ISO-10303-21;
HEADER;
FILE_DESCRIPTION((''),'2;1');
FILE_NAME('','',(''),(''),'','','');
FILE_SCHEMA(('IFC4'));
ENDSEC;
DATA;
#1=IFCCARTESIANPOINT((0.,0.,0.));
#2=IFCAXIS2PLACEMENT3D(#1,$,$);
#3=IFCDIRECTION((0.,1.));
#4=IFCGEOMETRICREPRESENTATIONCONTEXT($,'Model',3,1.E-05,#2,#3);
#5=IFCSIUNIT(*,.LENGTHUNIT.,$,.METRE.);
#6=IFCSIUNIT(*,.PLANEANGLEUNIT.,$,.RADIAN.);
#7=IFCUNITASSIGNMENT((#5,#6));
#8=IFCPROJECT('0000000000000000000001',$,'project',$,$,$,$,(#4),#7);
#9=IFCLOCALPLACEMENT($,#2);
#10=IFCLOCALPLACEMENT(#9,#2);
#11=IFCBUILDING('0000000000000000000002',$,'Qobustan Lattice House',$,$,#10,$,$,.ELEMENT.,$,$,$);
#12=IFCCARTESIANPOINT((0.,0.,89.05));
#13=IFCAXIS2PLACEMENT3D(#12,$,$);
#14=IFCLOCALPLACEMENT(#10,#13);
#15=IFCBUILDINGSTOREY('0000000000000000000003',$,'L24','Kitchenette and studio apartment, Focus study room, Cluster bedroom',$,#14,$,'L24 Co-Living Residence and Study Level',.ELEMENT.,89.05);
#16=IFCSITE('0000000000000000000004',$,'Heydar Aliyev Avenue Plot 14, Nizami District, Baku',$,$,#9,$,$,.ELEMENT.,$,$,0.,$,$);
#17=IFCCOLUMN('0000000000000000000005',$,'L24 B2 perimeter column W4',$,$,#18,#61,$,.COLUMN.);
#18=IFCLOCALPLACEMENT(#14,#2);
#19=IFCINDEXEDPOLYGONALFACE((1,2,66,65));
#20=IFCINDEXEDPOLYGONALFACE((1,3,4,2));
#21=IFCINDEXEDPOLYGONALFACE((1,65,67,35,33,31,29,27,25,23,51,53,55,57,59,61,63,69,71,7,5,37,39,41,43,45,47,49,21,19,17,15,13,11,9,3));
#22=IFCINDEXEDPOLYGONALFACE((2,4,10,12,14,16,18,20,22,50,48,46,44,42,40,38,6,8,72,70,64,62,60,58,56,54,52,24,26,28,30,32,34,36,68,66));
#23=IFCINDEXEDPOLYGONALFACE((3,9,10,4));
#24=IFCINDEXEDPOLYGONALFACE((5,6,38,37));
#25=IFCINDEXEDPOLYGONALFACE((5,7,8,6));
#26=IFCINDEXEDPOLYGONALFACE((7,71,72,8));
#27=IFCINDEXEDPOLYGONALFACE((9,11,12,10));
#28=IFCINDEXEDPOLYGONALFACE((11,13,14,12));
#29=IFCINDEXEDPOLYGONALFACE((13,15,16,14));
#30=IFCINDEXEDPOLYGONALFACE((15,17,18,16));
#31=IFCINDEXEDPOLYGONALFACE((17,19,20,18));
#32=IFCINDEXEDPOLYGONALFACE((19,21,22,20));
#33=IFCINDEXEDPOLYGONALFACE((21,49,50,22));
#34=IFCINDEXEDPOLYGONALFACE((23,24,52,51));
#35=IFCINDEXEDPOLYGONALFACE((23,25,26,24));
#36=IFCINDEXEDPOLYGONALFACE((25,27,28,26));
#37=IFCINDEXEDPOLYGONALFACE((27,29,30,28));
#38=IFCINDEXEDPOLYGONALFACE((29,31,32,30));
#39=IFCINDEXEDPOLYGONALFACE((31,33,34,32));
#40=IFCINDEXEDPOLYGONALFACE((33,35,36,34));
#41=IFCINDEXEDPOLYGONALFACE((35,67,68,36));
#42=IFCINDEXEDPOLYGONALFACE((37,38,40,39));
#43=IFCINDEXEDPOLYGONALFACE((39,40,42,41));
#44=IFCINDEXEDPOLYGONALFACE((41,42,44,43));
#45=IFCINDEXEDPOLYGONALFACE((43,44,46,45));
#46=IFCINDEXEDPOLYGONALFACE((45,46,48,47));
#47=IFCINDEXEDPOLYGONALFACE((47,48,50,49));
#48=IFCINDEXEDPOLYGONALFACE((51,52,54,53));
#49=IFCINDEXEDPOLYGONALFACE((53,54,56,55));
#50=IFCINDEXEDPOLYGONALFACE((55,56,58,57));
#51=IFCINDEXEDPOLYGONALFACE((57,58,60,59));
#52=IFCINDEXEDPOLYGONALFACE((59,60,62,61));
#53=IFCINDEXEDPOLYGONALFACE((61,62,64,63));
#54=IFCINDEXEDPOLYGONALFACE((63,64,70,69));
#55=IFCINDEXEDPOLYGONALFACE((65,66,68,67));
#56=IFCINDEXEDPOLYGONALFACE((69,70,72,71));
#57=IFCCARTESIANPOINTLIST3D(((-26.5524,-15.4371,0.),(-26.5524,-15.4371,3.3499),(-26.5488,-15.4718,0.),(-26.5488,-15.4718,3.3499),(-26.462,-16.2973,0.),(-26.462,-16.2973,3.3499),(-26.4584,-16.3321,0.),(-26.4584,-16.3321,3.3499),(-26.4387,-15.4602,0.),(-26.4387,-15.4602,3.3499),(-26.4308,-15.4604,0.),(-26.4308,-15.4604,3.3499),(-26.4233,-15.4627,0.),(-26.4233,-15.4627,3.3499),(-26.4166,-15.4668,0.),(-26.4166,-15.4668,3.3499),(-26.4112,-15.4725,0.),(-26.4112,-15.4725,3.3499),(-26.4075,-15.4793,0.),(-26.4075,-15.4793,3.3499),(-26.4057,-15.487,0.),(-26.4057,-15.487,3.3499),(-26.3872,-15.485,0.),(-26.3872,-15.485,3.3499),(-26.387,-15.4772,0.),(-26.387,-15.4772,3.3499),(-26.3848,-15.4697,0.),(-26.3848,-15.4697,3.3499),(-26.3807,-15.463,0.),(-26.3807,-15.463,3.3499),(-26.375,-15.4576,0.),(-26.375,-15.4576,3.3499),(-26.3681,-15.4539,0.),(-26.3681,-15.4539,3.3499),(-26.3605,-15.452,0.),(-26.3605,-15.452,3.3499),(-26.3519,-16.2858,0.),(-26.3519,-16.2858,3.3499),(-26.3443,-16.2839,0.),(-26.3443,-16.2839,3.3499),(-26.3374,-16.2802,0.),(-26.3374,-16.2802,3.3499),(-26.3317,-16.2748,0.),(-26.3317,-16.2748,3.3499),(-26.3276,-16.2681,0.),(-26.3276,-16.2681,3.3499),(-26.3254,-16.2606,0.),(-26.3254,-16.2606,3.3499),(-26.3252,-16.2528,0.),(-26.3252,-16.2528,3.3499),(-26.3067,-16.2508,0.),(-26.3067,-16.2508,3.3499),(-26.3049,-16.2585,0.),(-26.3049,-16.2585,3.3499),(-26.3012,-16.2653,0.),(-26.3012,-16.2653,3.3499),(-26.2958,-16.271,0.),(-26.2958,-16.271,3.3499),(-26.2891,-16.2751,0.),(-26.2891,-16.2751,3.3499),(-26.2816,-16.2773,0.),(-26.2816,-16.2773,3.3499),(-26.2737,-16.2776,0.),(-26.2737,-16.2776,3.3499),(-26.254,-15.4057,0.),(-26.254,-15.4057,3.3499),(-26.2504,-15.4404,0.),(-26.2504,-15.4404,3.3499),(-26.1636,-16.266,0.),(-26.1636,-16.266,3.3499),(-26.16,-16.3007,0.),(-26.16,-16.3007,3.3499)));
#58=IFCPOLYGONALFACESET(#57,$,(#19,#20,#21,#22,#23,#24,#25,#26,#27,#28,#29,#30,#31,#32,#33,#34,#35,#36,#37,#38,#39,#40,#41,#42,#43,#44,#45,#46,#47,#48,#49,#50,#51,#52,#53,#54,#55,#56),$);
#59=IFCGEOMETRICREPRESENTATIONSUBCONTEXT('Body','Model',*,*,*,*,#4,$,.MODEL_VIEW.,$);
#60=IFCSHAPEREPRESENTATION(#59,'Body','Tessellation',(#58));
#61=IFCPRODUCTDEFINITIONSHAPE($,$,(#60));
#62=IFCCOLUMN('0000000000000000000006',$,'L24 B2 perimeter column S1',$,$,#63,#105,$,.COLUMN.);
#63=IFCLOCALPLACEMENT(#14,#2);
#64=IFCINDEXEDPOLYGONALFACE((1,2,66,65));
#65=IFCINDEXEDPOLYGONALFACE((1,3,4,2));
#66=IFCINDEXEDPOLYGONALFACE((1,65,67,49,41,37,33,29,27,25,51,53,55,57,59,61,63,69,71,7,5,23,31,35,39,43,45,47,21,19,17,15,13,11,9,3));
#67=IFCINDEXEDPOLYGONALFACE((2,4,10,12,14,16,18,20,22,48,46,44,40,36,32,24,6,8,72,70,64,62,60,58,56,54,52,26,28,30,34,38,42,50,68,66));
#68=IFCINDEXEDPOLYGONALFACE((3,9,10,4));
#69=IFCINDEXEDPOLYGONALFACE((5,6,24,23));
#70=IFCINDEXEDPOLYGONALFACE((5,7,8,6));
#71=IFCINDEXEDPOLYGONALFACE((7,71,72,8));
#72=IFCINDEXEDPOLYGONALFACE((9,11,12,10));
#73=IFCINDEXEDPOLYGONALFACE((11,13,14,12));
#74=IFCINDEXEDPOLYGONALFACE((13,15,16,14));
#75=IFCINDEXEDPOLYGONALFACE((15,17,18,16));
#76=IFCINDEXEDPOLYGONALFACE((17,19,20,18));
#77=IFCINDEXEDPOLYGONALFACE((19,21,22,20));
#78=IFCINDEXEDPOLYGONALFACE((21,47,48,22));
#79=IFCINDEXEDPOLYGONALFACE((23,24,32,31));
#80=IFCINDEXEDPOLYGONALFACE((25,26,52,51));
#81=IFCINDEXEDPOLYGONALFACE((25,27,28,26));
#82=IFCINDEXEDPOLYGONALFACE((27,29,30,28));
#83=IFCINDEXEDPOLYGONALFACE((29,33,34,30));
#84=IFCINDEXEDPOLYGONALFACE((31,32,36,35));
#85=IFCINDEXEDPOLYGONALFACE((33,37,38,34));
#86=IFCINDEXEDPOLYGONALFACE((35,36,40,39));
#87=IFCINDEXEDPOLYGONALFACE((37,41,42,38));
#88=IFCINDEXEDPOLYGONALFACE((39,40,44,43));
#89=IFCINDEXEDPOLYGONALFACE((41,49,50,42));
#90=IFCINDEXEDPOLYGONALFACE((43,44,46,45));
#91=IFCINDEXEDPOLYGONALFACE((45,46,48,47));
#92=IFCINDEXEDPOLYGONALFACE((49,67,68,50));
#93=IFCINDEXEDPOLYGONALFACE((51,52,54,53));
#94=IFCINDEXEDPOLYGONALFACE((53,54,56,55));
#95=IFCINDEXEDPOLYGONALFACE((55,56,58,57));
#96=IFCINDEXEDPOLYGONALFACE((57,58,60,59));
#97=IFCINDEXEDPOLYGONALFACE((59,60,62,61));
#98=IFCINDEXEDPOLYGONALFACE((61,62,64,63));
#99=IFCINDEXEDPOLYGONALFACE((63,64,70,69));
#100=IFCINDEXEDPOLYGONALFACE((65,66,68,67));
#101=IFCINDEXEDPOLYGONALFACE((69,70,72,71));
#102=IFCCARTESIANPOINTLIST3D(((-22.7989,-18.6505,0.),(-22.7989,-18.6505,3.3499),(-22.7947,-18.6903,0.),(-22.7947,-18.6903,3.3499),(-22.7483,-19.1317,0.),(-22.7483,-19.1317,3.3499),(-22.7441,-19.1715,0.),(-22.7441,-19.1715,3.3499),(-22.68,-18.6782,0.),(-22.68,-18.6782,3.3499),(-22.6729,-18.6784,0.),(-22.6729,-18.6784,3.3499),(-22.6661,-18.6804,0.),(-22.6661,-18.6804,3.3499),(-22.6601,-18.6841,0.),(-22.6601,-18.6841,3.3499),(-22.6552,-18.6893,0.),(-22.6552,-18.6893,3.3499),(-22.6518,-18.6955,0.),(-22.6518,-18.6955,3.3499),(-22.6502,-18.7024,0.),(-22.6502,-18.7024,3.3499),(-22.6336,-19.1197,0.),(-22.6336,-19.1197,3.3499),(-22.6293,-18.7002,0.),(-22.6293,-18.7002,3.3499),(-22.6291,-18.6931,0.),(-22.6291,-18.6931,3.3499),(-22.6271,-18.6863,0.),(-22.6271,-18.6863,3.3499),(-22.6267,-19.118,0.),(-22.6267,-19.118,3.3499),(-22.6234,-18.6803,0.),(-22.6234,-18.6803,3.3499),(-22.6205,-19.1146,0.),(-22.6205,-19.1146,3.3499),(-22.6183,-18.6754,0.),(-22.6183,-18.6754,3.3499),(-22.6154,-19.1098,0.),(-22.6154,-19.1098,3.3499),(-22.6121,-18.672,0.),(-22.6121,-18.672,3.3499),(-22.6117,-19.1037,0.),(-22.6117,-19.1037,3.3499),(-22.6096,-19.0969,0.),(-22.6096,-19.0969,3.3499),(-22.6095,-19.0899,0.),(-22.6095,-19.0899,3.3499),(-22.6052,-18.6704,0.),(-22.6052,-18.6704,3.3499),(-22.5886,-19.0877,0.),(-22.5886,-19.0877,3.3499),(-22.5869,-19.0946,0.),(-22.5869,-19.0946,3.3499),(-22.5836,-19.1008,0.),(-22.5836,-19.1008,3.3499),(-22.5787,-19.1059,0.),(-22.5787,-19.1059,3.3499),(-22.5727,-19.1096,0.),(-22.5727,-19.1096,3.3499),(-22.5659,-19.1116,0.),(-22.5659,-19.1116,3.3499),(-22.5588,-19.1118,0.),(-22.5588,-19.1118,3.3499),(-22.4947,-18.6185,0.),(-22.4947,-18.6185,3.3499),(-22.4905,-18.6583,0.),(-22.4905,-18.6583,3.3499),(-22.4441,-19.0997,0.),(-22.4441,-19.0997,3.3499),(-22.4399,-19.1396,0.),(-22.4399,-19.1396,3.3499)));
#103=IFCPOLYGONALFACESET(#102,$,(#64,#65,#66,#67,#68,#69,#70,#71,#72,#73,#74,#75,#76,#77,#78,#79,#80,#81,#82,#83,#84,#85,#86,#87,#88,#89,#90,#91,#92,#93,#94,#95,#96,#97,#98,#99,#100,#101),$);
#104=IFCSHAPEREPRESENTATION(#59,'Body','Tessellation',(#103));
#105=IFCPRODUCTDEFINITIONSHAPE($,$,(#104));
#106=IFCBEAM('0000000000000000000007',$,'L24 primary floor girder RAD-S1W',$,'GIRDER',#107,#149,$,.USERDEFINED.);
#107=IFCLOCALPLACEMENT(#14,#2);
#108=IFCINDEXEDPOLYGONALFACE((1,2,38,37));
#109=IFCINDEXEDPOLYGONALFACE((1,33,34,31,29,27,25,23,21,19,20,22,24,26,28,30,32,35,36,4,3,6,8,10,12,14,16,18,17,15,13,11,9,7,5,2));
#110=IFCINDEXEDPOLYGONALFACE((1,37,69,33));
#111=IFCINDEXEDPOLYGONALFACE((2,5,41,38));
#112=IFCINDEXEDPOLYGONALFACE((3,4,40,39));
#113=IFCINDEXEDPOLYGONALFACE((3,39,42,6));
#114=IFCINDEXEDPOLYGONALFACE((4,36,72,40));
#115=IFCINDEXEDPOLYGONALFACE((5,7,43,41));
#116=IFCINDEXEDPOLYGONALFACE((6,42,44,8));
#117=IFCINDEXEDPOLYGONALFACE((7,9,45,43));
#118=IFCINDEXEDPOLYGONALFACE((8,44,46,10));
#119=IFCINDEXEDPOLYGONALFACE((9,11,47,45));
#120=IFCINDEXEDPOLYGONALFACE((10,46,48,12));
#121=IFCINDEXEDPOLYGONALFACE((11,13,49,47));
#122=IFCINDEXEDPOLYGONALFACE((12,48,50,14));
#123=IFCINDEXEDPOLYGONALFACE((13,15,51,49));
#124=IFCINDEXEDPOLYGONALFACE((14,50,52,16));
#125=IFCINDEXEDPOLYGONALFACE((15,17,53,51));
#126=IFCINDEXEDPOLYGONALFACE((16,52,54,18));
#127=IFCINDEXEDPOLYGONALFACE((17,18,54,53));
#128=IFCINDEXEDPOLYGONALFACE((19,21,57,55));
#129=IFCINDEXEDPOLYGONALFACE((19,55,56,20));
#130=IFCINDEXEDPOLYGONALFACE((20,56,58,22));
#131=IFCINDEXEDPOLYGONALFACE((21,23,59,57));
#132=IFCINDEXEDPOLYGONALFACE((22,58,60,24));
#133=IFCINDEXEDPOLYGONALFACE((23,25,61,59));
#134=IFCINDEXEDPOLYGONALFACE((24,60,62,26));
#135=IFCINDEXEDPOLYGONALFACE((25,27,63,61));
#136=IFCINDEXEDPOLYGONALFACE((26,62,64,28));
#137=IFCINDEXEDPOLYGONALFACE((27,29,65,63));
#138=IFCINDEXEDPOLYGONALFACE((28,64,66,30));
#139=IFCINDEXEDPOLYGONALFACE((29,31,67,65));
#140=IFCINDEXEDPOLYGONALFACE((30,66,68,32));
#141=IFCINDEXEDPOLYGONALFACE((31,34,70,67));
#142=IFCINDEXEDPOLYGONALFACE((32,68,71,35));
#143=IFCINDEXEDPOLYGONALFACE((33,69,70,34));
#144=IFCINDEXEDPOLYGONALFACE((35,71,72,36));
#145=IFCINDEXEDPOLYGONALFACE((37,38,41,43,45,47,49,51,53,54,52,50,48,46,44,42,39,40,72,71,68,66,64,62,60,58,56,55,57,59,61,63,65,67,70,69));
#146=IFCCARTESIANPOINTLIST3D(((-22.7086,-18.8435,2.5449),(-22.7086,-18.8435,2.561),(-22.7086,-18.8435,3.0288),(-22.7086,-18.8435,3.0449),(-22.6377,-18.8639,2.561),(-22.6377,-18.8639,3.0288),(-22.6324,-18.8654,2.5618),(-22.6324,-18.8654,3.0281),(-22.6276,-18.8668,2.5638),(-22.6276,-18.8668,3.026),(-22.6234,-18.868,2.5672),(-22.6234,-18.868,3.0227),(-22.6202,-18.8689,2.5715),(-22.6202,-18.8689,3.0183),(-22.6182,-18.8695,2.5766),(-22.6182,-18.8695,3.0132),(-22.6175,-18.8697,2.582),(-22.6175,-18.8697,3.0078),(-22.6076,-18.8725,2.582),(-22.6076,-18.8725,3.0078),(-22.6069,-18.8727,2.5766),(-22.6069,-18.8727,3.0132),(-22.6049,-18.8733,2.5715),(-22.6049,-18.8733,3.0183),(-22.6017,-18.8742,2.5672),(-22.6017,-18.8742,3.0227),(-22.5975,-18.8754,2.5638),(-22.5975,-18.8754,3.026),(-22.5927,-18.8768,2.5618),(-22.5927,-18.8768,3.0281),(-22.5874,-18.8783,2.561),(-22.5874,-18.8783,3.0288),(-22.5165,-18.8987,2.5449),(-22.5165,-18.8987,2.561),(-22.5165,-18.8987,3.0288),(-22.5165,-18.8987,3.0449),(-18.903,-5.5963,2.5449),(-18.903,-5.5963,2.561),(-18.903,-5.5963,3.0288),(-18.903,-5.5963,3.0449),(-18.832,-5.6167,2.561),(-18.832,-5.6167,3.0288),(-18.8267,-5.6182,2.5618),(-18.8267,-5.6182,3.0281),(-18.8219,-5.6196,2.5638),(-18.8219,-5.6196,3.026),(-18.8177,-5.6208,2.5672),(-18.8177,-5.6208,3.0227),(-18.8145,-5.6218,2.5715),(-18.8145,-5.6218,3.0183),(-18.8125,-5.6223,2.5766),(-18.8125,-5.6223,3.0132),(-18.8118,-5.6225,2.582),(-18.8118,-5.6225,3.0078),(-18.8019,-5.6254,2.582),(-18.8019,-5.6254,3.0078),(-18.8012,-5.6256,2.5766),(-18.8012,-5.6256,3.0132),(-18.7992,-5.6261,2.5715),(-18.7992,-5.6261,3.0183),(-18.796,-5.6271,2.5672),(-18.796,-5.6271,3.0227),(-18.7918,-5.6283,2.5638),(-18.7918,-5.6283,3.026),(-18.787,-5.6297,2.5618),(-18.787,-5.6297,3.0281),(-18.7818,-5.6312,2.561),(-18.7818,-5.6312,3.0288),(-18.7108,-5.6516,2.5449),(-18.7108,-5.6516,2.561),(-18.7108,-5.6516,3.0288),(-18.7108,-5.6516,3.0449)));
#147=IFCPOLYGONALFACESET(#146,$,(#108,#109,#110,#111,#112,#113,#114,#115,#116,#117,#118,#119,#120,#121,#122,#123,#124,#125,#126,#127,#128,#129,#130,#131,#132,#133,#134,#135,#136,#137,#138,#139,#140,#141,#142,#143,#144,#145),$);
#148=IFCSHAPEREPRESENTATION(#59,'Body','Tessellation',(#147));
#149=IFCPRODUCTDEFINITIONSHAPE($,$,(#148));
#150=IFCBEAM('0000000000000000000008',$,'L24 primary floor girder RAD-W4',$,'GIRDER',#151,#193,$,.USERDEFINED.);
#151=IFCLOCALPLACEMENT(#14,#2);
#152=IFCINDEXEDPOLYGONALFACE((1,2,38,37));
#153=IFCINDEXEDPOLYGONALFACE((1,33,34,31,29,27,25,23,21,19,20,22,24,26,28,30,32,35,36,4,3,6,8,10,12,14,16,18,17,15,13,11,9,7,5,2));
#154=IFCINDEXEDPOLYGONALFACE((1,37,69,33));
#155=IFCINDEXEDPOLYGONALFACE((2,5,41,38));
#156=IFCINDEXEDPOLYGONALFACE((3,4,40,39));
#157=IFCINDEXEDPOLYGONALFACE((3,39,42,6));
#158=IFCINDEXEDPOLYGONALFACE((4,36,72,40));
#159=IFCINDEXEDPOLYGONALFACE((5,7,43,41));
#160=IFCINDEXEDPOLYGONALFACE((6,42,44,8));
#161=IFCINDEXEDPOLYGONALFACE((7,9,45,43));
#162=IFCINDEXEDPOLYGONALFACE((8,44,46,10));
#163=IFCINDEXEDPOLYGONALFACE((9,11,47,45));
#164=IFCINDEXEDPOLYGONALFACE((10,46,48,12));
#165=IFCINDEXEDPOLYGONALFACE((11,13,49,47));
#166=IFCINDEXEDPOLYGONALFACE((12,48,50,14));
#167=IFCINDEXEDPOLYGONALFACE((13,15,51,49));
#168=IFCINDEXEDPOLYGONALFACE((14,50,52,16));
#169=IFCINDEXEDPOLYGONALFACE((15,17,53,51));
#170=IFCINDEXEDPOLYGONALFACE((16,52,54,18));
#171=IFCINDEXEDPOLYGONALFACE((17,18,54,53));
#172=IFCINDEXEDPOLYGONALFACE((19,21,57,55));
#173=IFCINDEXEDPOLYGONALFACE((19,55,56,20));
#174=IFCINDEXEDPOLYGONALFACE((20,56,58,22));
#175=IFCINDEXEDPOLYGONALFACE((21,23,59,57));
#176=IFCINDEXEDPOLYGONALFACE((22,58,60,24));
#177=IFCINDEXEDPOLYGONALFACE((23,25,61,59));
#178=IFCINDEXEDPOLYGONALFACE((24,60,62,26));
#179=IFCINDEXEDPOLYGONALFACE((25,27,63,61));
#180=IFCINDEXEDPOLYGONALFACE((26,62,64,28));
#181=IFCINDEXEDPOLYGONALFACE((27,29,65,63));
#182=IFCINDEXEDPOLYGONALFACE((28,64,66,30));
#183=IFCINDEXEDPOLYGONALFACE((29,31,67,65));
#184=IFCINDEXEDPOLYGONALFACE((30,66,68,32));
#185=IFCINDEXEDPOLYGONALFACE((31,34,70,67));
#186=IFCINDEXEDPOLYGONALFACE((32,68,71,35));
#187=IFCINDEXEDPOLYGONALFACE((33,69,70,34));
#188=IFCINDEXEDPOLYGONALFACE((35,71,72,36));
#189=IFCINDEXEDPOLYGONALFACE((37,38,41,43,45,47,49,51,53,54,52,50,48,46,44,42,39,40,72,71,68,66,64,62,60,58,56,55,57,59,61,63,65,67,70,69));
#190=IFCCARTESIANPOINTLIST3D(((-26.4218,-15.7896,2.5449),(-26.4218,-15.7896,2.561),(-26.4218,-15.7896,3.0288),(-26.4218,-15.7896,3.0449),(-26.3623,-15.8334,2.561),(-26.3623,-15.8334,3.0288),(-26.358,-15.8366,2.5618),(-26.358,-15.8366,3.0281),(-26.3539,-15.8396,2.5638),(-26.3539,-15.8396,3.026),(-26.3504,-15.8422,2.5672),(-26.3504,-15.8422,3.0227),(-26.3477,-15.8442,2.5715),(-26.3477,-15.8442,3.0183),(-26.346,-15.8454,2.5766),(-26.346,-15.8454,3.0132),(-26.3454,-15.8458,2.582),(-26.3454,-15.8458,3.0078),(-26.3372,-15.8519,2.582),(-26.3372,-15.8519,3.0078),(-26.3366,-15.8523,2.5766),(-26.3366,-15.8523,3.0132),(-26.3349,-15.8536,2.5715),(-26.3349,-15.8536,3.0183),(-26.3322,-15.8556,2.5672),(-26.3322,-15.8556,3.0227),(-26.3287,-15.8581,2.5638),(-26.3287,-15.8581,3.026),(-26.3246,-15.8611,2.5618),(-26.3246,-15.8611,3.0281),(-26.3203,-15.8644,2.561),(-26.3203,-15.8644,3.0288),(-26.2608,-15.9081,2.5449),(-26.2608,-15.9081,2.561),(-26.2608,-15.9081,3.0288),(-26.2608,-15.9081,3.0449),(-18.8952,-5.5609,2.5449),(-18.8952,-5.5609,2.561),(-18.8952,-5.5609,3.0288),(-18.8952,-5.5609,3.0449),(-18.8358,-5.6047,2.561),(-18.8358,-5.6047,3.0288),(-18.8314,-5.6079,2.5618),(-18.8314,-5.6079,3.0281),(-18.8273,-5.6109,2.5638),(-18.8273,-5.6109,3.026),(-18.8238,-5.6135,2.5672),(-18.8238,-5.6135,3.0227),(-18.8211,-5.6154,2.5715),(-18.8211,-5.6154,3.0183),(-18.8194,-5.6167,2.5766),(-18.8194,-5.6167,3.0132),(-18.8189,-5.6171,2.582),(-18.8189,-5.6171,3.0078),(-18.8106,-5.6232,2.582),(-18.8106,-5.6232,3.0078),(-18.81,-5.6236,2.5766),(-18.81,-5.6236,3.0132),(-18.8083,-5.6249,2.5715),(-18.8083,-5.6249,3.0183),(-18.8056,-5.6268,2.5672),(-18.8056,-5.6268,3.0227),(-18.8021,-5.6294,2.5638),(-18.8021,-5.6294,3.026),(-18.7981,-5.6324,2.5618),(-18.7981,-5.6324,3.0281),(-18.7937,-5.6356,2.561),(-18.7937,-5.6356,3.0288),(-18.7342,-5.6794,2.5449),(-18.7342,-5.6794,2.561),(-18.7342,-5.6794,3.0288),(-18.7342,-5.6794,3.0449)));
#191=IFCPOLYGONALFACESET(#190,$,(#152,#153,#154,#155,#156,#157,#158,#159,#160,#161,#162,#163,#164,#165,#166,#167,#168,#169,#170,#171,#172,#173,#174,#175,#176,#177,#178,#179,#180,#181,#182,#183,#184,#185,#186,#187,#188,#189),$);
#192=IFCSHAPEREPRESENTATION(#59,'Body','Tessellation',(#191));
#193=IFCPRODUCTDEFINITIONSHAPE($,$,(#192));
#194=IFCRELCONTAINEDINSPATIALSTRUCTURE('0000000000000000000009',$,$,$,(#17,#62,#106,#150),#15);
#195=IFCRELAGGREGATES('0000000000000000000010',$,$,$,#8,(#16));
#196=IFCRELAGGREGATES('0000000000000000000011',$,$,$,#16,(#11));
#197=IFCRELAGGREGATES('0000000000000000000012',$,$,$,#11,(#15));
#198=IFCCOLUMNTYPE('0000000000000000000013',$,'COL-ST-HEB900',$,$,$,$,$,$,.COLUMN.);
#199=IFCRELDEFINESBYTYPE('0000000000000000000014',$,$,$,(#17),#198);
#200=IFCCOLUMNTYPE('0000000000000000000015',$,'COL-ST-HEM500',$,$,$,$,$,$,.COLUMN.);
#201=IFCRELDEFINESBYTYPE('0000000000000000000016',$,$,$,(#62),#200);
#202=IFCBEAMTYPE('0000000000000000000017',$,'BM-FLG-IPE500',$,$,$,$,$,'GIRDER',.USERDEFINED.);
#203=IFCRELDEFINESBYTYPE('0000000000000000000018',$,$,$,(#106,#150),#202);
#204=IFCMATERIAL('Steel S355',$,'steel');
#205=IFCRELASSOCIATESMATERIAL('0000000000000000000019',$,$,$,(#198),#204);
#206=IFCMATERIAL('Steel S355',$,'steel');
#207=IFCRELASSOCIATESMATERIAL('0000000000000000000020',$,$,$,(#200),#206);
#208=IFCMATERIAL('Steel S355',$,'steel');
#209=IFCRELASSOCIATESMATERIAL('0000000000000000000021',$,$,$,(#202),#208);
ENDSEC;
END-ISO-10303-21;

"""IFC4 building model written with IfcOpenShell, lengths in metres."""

from ifc_helpers import new_model, si_unit, direction, frame, origin, origin_2d, place, context, subcontext, project, spatial, i_section, extrude, material, material_profile, profile_set, type_object, element, save


model = new_model("IFC4")

# Units and contexts
model_context = context("Model", 3, precision=1e-05, world=origin(), true_north=direction((0.0, 1.0)))
body_context = subcontext(model_context, "Body", "Model", "MODEL_VIEW")
ifc_project = project(units=[si_unit("LENGTHUNIT", "METRE"), si_unit("PLANEANGLEUNIT", "RADIAN")], contexts=[model_context])

# Site, building, storey
site_placement = place(None, origin())
site = spatial("IfcSite", under=ifc_project, at=site_placement, Name="Heydar Aliyev Avenue Plot 14, Nizami District, Baku", CompositionType="ELEMENT", RefElevation=0.0)
building_placement = place(site_placement, origin())
building = spatial("IfcBuilding", under=site, at=building_placement, Name="Qobustan Lattice House", CompositionType="ELEMENT")
storey_placement = place(building_placement, frame((0.0, 0.0, 89.05)))
storey = spatial("IfcBuildingStorey", under=building, at=storey_placement, Name="L24", Description="Kitchenette and studio apartment, Focus study room, Cluster bedroom", LongName="L24 Co-Living Residence and Study Level", CompositionType="ELEMENT", Elevation=89.05)

# Columns
ifc_material_1 = material(Name="Steel S355", Category="steel")
ifc_material_profile_1 = material_profile(ifc_material_1, i_section(OverallWidth=0.3, OverallDepth=0.8999, WebThickness=0.0186, FlangeThickness=0.0349, FilletRadius=0.03, at=origin_2d()), Name="HEB900")
ifc_profile_set_1 = profile_set([ifc_material_profile_1], Name="Steel S355")
column_type_1 = type_object("IfcColumnType", Name="COL-ST-HEB900", PredefinedType="COLUMN", material=ifc_profile_set_1)
column_1_placement = place(storey_placement, frame((-26.3562, -15.8689, 0.0), z_axis=(0.0, 0.0, 1.0), x_axis=(0.994522, 0.104528, 0.0)))
element("IfcColumn", 1, at=column_1_placement, inside=storey, type_object=column_type_1, Name="L24 B2 perimeter column W4", PredefinedType="COLUMN", context=body_context, shape_type="SweptSolid", body=[
    extrude(i_section(OverallWidth=0.3, OverallDepth=0.8999, WebThickness=0.0186, FlangeThickness=0.0349, FilletRadius=0.03, at=origin_2d()), origin(), (0.0, 0.0, 1.0), 3.3499),
])
ifc_material_2 = material(Name="Steel S355", Category="steel")
ifc_material_profile_2 = material_profile(ifc_material_2, i_section(OverallWidth=0.3059, OverallDepth=0.5239, WebThickness=0.021, FlangeThickness=0.04, FilletRadius=0.0271, at=origin_2d()), Name="HEM500")
ifc_profile_set_2 = profile_set([ifc_material_profile_2], Name="Steel S355")
column_type_2 = type_object("IfcColumnType", Name="COL-ST-HEM500", PredefinedType="COLUMN", material=ifc_profile_set_2)
column_2_placement = place(storey_placement, frame((-22.6194, -18.895, 0.0), z_axis=(0.0, 0.0, 1.0), x_axis=(0.994522, 0.104528, 0.0)))
element("IfcColumn", 2, at=column_2_placement, inside=storey, type_object=column_type_2, Name="L24 B2 perimeter column S1", PredefinedType="COLUMN", context=body_context, shape_type="SweptSolid", body=[
    extrude(i_section(OverallWidth=0.3059, OverallDepth=0.5239, WebThickness=0.021, FlangeThickness=0.04, FilletRadius=0.0271, at=origin_2d()), origin(), (0.0, 0.0, 1.0), 3.3499),
])

# Beams
ifc_material_3 = material(Name="Steel S355", Category="steel")
ifc_material_profile_3 = material_profile(ifc_material_3, i_section(OverallWidth=0.2, OverallDepth=0.5, WebThickness=0.0103, FlangeThickness=0.0161, FilletRadius=0.021, at=origin_2d()), Name="IPE500")
ifc_profile_set_3 = profile_set([ifc_material_profile_3], Name="Steel S355")
beam_type_1 = type_object("IfcBeamType", Name="BM-FLG-IPE500", ElementType="GIRDER", PredefinedType="USERDEFINED", material=ifc_profile_set_3)
beam_1_placement = place(storey_placement, frame((-22.6125, -18.8711, 2.7949), z_axis=(0.276115, 0.961125, 0.0), x_axis=(-0.961125, 0.276115, 0.0)))
element("IfcBeam", 3, at=beam_1_placement, inside=storey, type_object=beam_type_1, Name="L24 primary floor girder RAD-S1W", ObjectType="GIRDER", PredefinedType="USERDEFINED", context=body_context, shape_type="SweptSolid", body=[
    extrude(i_section(OverallWidth=0.2, OverallDepth=0.5, WebThickness=0.0103, FlangeThickness=0.0161, FilletRadius=0.021, at=origin_2d()), origin(), (0.0, 0.0, 1.0), 13.783),
])
beam_2_placement = place(storey_placement, frame((-26.3413, -15.8489, 2.7949), z_axis=(0.59267, 0.805446, 0.0), x_axis=(-0.805446, 0.59267, 0.0)))
element("IfcBeam", 4, at=beam_2_placement, inside=storey, type_object=beam_type_1, Name="L24 primary floor girder RAD-W4", ObjectType="GIRDER", PredefinedType="USERDEFINED", context=body_context, shape_type="SweptSolid", body=[
    extrude(i_section(OverallWidth=0.2, OverallDepth=0.5, WebThickness=0.0103, FlangeThickness=0.0161, FilletRadius=0.021, at=origin_2d()), origin(), (0.0, 0.0, 1.0), 12.6995),
])

save(model, "model.ifc")
